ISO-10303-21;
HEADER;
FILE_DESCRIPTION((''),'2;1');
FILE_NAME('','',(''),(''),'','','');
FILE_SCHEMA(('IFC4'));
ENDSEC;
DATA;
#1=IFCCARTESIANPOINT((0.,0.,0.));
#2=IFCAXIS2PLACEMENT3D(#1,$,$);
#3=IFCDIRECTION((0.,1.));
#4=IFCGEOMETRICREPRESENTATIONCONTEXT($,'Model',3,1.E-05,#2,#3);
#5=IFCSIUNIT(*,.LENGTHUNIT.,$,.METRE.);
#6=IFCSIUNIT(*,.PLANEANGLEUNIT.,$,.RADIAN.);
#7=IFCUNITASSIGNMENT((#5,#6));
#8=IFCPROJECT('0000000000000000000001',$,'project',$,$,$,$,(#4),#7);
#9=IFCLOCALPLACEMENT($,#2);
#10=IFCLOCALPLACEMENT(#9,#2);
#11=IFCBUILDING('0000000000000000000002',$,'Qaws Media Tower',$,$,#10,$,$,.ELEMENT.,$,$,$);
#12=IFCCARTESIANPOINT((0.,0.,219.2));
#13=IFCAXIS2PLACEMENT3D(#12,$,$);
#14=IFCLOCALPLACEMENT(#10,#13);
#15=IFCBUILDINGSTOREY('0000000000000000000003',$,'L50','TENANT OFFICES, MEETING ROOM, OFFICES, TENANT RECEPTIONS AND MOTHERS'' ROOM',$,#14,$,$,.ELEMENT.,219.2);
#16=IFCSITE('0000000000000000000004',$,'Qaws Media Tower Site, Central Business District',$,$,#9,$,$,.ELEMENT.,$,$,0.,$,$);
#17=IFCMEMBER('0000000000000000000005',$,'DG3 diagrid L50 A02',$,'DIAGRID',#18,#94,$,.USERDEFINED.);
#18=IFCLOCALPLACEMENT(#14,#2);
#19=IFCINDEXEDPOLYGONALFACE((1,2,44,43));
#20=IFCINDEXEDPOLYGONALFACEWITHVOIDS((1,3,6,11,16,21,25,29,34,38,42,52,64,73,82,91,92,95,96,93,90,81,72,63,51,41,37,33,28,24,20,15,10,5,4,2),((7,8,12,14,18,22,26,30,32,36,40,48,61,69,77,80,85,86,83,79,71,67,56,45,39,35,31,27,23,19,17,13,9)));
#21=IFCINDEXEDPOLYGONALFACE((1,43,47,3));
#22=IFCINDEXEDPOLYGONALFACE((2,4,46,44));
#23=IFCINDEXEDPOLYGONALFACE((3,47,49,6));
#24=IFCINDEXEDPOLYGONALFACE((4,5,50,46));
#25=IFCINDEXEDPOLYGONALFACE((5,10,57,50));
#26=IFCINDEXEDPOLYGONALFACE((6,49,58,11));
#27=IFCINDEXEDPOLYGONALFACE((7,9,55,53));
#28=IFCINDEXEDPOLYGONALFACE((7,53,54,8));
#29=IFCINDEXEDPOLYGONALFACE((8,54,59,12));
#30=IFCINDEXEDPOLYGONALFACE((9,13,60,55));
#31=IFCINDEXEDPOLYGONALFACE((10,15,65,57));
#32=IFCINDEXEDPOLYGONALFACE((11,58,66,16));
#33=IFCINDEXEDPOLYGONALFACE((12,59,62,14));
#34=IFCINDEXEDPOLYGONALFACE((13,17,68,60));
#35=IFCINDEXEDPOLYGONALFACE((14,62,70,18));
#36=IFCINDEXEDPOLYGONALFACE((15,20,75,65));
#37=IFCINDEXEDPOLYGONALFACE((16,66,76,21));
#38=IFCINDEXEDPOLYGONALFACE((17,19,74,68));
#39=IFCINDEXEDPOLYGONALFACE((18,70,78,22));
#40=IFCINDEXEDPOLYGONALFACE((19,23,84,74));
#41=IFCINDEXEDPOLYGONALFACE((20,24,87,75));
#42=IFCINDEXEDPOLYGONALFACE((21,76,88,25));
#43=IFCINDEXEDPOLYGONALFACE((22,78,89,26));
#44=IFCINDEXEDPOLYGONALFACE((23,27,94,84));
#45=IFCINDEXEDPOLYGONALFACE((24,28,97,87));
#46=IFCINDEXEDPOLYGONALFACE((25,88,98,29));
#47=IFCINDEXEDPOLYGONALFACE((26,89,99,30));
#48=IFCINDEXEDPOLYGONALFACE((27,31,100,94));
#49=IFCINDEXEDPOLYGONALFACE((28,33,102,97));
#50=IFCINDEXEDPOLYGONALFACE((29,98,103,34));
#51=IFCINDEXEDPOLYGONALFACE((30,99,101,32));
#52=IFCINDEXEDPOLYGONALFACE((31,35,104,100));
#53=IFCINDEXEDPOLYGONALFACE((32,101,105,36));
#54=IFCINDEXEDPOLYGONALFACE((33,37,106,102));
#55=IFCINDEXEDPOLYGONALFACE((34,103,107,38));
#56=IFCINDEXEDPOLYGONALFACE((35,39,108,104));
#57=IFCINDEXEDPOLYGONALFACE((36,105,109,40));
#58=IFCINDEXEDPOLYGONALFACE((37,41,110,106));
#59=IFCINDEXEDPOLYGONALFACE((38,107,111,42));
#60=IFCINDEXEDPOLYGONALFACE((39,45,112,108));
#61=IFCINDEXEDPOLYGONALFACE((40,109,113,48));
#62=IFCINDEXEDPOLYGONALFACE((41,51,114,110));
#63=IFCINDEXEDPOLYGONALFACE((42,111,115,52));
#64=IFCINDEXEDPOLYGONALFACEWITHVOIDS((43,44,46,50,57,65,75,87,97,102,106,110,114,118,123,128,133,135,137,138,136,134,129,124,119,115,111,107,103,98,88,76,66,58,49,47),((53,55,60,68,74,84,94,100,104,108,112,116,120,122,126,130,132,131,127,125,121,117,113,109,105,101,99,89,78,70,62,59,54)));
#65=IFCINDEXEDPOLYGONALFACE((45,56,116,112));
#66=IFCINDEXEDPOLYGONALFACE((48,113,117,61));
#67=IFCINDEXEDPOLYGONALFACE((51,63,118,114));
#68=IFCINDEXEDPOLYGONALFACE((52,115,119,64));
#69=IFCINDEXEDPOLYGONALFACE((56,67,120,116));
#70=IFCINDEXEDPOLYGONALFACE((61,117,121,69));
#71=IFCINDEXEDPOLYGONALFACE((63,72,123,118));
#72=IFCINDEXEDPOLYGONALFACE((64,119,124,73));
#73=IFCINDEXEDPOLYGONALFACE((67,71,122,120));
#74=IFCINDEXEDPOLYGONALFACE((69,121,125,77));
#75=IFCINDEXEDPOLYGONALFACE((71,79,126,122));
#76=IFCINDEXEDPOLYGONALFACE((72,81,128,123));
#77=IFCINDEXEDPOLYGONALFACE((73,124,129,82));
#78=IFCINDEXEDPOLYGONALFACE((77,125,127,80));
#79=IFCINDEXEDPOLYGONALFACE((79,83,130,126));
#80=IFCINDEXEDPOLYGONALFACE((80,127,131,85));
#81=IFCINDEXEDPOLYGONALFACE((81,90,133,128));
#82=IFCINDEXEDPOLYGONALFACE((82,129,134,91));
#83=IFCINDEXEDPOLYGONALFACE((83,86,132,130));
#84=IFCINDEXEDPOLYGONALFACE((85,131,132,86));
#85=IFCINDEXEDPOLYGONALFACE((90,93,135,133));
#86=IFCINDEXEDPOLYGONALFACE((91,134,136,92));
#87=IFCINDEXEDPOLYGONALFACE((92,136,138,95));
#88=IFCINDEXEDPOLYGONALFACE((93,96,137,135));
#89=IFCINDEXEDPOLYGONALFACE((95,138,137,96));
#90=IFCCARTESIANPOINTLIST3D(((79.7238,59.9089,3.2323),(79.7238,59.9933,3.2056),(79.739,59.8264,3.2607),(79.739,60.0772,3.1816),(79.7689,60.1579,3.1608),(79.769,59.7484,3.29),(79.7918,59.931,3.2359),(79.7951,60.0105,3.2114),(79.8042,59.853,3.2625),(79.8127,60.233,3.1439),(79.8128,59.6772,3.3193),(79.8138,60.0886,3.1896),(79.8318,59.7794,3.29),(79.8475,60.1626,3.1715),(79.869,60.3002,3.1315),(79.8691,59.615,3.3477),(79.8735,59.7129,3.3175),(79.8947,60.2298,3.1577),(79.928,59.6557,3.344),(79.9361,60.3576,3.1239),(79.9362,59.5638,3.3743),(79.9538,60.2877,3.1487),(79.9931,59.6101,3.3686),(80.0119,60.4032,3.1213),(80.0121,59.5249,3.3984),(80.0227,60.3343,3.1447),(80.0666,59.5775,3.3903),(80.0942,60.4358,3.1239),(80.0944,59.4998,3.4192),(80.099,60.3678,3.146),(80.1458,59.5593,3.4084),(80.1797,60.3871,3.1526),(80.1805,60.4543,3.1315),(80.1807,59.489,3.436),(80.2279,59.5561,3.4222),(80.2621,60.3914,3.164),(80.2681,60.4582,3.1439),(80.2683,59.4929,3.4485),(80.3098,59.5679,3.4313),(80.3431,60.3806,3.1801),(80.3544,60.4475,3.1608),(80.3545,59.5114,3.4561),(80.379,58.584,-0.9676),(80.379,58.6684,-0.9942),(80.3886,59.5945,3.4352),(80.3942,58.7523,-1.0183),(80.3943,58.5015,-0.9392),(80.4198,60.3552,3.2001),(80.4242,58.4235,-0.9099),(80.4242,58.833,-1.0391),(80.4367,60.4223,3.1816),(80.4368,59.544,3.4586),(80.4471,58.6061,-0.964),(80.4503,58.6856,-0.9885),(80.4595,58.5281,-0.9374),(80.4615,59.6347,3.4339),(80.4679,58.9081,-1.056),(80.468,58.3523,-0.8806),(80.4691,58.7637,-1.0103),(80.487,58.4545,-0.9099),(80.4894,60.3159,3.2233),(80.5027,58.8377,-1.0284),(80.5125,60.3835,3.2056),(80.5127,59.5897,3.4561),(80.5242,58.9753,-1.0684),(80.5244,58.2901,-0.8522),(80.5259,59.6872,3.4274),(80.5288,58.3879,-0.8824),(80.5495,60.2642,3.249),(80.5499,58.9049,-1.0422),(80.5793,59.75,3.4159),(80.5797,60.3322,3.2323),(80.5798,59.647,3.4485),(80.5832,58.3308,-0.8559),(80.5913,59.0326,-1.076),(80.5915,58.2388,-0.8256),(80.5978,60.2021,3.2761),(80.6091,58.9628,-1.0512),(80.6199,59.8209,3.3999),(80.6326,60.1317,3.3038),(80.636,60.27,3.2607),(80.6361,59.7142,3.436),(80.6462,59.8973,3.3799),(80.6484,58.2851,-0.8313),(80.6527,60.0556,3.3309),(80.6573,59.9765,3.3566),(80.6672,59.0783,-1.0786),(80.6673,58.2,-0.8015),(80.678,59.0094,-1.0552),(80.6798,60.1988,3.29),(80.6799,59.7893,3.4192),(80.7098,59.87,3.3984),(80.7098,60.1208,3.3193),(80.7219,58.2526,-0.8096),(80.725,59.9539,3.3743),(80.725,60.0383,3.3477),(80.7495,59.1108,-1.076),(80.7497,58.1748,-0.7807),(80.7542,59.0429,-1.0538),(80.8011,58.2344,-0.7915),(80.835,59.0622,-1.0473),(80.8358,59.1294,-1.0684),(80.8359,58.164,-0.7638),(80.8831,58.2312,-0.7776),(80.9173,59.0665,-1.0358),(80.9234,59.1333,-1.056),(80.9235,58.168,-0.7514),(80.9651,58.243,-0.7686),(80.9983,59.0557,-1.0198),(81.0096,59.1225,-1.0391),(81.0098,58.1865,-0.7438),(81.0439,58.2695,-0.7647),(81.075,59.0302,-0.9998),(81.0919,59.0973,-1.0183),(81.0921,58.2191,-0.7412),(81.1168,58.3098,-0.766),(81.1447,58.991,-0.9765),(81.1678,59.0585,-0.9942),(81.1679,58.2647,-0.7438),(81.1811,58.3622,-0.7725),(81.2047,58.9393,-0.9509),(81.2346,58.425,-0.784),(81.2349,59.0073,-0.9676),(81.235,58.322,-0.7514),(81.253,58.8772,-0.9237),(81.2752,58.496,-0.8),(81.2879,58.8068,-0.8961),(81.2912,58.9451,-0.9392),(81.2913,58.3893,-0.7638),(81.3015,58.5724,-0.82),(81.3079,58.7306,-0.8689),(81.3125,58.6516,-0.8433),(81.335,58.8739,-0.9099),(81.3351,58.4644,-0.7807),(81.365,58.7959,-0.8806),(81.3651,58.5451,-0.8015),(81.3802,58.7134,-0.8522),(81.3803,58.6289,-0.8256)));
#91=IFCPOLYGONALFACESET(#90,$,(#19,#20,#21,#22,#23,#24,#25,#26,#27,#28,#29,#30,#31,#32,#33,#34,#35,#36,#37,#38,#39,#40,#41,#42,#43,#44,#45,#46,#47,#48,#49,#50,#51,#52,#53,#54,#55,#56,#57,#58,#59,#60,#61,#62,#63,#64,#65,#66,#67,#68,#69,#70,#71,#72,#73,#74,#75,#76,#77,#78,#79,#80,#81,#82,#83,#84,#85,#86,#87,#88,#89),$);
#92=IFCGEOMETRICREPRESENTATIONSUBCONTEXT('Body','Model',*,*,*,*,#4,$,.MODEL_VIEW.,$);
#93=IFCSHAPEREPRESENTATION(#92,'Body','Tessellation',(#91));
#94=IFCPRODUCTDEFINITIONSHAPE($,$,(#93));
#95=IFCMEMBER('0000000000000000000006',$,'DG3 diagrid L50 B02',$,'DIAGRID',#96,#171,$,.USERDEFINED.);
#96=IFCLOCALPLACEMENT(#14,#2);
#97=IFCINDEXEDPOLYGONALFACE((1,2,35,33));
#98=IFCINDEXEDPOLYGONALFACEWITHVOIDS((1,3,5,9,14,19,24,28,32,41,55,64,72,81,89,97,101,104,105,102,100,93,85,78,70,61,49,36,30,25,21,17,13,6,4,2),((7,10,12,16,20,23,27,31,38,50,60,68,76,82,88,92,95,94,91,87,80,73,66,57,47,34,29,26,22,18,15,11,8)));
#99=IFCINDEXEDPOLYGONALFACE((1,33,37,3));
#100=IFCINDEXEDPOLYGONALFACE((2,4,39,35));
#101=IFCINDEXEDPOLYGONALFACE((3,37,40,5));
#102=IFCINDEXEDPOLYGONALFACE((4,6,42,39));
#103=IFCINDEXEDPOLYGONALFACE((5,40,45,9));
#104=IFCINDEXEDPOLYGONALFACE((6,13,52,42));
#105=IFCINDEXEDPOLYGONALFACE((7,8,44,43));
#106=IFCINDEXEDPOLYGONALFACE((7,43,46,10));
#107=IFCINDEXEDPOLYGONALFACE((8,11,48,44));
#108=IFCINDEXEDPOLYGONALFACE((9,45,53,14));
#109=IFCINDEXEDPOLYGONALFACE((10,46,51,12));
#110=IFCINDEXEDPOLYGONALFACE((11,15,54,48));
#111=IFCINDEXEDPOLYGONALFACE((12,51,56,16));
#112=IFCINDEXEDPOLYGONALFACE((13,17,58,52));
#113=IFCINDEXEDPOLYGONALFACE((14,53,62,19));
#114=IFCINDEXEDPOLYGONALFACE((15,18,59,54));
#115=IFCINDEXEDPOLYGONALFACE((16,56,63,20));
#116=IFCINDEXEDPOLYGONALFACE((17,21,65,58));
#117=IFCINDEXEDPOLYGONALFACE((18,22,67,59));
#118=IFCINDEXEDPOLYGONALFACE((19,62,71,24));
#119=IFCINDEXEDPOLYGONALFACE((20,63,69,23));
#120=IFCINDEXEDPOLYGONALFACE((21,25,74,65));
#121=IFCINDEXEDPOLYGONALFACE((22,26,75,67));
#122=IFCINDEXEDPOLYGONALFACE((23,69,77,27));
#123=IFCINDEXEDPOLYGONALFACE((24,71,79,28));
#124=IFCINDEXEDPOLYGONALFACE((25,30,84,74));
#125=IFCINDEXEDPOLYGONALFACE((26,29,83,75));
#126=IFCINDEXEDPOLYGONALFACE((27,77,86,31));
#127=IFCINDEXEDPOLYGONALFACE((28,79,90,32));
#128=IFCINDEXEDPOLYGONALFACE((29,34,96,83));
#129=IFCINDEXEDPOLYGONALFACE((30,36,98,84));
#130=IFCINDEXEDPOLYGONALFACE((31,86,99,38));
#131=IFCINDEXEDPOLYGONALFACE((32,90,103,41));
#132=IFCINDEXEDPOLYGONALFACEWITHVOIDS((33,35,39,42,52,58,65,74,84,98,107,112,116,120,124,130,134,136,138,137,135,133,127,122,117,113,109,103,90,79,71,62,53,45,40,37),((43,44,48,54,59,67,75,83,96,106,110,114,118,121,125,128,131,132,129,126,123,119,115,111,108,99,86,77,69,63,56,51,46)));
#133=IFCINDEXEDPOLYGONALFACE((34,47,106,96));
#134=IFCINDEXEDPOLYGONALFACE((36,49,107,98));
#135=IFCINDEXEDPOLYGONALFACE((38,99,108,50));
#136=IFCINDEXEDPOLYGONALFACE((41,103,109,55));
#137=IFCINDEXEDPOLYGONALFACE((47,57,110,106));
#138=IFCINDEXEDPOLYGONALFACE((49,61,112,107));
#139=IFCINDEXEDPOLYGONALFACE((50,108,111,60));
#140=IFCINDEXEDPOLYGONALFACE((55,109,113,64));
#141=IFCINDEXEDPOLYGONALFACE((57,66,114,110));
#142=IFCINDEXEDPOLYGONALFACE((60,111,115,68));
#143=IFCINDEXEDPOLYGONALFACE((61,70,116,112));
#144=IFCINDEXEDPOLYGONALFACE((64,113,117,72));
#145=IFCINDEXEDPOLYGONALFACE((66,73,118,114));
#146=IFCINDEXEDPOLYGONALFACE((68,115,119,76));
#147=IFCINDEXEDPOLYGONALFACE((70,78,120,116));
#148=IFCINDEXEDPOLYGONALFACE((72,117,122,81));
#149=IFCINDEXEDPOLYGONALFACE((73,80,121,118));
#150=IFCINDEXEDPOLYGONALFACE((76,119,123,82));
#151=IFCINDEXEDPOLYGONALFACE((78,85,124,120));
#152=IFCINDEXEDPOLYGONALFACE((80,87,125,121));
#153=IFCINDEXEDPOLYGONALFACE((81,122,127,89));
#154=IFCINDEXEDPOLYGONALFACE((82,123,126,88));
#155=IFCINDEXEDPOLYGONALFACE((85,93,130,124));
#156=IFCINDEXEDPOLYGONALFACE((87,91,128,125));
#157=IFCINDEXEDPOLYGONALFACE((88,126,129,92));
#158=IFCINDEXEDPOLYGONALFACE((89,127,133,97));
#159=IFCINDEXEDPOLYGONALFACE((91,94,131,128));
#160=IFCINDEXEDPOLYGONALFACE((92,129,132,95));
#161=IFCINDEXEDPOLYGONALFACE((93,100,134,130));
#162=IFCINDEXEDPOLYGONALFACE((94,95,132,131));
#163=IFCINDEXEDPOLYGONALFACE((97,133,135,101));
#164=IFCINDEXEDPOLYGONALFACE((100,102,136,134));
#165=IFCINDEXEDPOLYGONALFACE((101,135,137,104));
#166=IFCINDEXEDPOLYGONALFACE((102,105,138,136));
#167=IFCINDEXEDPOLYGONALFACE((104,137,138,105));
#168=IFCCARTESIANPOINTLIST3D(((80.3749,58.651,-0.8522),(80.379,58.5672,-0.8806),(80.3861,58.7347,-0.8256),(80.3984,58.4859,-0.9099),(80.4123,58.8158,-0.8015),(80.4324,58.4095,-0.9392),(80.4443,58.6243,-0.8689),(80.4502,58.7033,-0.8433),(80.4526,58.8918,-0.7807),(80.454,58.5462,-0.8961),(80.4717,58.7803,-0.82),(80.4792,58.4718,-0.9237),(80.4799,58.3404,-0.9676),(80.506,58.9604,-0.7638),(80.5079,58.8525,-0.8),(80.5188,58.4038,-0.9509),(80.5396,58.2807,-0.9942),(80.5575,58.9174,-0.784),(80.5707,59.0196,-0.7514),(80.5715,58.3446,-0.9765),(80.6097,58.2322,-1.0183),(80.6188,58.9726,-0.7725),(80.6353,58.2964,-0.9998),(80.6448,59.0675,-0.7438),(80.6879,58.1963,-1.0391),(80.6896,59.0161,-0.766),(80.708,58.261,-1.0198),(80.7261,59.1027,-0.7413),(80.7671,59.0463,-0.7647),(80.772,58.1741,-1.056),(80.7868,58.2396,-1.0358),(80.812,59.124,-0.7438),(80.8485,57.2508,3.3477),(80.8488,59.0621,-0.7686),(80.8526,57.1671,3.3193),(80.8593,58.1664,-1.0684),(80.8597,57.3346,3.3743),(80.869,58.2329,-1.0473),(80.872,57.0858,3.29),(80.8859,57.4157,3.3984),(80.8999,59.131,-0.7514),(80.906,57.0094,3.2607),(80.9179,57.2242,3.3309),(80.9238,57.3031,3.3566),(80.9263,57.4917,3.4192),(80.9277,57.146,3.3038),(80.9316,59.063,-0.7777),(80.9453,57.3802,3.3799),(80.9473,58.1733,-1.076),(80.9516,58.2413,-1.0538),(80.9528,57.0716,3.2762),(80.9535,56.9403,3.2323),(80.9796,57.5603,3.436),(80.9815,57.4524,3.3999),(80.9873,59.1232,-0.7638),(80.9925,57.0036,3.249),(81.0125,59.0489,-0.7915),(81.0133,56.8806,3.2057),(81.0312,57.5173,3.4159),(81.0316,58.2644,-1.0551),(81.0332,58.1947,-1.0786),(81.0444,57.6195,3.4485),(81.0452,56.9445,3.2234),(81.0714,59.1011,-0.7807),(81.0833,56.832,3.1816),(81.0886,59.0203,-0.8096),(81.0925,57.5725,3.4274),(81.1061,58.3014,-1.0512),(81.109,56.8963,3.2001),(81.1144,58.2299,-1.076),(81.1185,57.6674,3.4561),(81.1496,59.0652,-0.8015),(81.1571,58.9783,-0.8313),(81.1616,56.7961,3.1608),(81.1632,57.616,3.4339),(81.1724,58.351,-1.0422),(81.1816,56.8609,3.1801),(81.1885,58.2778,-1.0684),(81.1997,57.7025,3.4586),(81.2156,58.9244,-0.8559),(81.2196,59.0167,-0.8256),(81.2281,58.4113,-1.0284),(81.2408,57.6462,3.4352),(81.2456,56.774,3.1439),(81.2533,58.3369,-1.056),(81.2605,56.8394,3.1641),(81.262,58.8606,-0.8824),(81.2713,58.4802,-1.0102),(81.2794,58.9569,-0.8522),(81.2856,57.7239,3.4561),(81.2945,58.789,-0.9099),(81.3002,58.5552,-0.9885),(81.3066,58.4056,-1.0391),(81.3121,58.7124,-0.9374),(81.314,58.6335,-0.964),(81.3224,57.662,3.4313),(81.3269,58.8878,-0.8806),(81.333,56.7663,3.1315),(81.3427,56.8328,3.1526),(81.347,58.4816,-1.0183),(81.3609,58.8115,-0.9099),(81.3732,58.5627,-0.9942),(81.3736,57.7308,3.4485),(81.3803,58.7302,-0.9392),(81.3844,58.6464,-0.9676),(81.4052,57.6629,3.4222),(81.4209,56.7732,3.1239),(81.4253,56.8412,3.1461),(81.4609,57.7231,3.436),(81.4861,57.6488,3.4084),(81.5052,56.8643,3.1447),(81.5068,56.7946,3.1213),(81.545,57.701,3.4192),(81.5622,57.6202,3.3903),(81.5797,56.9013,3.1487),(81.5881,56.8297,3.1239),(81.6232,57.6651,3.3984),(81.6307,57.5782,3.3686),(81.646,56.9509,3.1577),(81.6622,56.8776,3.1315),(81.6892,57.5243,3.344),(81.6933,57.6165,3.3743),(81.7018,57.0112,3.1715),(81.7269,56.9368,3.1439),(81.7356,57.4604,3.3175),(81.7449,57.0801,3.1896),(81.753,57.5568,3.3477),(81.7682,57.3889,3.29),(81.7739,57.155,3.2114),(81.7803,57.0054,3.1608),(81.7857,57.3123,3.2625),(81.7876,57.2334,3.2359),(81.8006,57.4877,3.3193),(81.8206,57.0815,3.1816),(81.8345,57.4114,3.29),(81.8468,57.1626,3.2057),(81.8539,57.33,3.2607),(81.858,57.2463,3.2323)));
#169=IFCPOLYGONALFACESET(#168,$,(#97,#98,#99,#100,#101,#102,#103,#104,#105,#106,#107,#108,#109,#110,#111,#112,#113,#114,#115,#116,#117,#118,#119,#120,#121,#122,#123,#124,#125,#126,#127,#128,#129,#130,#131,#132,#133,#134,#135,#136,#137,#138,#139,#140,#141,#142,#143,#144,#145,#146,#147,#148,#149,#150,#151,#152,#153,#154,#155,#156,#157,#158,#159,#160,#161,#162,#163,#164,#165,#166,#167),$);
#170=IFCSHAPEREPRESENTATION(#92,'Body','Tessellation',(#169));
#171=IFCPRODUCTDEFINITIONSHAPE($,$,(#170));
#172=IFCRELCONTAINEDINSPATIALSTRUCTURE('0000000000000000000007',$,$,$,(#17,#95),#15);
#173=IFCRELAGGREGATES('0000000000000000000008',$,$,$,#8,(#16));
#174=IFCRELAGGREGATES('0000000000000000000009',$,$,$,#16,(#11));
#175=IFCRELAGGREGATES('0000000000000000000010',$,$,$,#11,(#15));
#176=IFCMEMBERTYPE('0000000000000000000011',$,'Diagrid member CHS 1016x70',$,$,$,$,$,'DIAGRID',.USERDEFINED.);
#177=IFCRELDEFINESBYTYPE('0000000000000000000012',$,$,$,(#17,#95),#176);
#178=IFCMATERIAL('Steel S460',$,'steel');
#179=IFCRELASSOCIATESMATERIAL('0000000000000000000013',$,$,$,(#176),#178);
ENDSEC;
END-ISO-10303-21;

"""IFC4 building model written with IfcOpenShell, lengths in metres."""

from ifc_helpers import new_model, si_unit, direction, frame, origin, origin_2d, place, context, subcontext, project, spatial, hollow_circle, extrude, material, material_profile, profile_set, type_object, element, save


model = new_model("IFC4")

# Units and contexts
model_context = context("Model", 3, precision=1e-05, world=origin(), true_north=direction((0.0, 1.0)))
body_context = subcontext(model_context, "Body", "Model", "MODEL_VIEW")
ifc_project = project(units=[si_unit("LENGTHUNIT", "METRE"), si_unit("PLANEANGLEUNIT", "RADIAN")], contexts=[model_context])

# Site, building, storey
site_placement = place(None, origin())
site = spatial("IfcSite", under=ifc_project, at=site_placement, Name="Qaws Media Tower Site, Central Business District", CompositionType="ELEMENT", RefElevation=0.0)
building_placement = place(site_placement, origin())
building = spatial("IfcBuilding", under=site, at=building_placement, Name="Qaws Media Tower", CompositionType="ELEMENT")
storey_placement = place(building_placement, frame((0.0, 0.0, 219.2)))
storey = spatial("IfcBuildingStorey", under=building, at=storey_placement, Name="L50", Description="TENANT OFFICES, MEETING ROOM, OFFICES, TENANT RECEPTIONS AND MOTHERS' ROOM", CompositionType="ELEMENT", Elevation=219.2)

# Members
ifc_material_1 = material(Name="Steel S460", Category="steel")
ifc_material_profile_1 = material_profile(ifc_material_1, hollow_circle(Radius=0.5081, WallThickness=0.0701, at=origin_2d()), Name="CHS 1016x70")
ifc_profile_set_1 = profile_set([ifc_material_profile_1], Name="Steel S460")
member_type_1 = type_object("IfcMemberType", Name="Diagrid member CHS 1016x70", ElementType="DIAGRID", PredefinedType="USERDEFINED", material=ifc_profile_set_1)
for number, where, z_axis, x_axis, name in (
    (1, (80.8796, 58.6487, -0.9099), (-0.147171, 0.297577, 0.943286), (-0.896368, -0.443311, 0.0), "DG3 diagrid L50 A02"),
    (2, (80.8796, 58.6487, -0.9099), (0.106376, -0.314466, 0.94329), (0.94727, 0.320437, 0.0), "DG3 diagrid L50 B02"),
):
    element("IfcMember", number, at=place(storey_placement, frame(where, z_axis=z_axis, x_axis=x_axis)), inside=storey, type_object=member_type_1, Name=name, ObjectType="DIAGRID", PredefinedType="USERDEFINED", context=body_context, shape_type="SweptSolid", body=[
        extrude(hollow_circle(Radius=0.5081, WallThickness=0.0701, at=origin_2d()), origin(), (0.0, 0.0, 1.0), 4.4524),
    ])

save(model, "model.ifc")
